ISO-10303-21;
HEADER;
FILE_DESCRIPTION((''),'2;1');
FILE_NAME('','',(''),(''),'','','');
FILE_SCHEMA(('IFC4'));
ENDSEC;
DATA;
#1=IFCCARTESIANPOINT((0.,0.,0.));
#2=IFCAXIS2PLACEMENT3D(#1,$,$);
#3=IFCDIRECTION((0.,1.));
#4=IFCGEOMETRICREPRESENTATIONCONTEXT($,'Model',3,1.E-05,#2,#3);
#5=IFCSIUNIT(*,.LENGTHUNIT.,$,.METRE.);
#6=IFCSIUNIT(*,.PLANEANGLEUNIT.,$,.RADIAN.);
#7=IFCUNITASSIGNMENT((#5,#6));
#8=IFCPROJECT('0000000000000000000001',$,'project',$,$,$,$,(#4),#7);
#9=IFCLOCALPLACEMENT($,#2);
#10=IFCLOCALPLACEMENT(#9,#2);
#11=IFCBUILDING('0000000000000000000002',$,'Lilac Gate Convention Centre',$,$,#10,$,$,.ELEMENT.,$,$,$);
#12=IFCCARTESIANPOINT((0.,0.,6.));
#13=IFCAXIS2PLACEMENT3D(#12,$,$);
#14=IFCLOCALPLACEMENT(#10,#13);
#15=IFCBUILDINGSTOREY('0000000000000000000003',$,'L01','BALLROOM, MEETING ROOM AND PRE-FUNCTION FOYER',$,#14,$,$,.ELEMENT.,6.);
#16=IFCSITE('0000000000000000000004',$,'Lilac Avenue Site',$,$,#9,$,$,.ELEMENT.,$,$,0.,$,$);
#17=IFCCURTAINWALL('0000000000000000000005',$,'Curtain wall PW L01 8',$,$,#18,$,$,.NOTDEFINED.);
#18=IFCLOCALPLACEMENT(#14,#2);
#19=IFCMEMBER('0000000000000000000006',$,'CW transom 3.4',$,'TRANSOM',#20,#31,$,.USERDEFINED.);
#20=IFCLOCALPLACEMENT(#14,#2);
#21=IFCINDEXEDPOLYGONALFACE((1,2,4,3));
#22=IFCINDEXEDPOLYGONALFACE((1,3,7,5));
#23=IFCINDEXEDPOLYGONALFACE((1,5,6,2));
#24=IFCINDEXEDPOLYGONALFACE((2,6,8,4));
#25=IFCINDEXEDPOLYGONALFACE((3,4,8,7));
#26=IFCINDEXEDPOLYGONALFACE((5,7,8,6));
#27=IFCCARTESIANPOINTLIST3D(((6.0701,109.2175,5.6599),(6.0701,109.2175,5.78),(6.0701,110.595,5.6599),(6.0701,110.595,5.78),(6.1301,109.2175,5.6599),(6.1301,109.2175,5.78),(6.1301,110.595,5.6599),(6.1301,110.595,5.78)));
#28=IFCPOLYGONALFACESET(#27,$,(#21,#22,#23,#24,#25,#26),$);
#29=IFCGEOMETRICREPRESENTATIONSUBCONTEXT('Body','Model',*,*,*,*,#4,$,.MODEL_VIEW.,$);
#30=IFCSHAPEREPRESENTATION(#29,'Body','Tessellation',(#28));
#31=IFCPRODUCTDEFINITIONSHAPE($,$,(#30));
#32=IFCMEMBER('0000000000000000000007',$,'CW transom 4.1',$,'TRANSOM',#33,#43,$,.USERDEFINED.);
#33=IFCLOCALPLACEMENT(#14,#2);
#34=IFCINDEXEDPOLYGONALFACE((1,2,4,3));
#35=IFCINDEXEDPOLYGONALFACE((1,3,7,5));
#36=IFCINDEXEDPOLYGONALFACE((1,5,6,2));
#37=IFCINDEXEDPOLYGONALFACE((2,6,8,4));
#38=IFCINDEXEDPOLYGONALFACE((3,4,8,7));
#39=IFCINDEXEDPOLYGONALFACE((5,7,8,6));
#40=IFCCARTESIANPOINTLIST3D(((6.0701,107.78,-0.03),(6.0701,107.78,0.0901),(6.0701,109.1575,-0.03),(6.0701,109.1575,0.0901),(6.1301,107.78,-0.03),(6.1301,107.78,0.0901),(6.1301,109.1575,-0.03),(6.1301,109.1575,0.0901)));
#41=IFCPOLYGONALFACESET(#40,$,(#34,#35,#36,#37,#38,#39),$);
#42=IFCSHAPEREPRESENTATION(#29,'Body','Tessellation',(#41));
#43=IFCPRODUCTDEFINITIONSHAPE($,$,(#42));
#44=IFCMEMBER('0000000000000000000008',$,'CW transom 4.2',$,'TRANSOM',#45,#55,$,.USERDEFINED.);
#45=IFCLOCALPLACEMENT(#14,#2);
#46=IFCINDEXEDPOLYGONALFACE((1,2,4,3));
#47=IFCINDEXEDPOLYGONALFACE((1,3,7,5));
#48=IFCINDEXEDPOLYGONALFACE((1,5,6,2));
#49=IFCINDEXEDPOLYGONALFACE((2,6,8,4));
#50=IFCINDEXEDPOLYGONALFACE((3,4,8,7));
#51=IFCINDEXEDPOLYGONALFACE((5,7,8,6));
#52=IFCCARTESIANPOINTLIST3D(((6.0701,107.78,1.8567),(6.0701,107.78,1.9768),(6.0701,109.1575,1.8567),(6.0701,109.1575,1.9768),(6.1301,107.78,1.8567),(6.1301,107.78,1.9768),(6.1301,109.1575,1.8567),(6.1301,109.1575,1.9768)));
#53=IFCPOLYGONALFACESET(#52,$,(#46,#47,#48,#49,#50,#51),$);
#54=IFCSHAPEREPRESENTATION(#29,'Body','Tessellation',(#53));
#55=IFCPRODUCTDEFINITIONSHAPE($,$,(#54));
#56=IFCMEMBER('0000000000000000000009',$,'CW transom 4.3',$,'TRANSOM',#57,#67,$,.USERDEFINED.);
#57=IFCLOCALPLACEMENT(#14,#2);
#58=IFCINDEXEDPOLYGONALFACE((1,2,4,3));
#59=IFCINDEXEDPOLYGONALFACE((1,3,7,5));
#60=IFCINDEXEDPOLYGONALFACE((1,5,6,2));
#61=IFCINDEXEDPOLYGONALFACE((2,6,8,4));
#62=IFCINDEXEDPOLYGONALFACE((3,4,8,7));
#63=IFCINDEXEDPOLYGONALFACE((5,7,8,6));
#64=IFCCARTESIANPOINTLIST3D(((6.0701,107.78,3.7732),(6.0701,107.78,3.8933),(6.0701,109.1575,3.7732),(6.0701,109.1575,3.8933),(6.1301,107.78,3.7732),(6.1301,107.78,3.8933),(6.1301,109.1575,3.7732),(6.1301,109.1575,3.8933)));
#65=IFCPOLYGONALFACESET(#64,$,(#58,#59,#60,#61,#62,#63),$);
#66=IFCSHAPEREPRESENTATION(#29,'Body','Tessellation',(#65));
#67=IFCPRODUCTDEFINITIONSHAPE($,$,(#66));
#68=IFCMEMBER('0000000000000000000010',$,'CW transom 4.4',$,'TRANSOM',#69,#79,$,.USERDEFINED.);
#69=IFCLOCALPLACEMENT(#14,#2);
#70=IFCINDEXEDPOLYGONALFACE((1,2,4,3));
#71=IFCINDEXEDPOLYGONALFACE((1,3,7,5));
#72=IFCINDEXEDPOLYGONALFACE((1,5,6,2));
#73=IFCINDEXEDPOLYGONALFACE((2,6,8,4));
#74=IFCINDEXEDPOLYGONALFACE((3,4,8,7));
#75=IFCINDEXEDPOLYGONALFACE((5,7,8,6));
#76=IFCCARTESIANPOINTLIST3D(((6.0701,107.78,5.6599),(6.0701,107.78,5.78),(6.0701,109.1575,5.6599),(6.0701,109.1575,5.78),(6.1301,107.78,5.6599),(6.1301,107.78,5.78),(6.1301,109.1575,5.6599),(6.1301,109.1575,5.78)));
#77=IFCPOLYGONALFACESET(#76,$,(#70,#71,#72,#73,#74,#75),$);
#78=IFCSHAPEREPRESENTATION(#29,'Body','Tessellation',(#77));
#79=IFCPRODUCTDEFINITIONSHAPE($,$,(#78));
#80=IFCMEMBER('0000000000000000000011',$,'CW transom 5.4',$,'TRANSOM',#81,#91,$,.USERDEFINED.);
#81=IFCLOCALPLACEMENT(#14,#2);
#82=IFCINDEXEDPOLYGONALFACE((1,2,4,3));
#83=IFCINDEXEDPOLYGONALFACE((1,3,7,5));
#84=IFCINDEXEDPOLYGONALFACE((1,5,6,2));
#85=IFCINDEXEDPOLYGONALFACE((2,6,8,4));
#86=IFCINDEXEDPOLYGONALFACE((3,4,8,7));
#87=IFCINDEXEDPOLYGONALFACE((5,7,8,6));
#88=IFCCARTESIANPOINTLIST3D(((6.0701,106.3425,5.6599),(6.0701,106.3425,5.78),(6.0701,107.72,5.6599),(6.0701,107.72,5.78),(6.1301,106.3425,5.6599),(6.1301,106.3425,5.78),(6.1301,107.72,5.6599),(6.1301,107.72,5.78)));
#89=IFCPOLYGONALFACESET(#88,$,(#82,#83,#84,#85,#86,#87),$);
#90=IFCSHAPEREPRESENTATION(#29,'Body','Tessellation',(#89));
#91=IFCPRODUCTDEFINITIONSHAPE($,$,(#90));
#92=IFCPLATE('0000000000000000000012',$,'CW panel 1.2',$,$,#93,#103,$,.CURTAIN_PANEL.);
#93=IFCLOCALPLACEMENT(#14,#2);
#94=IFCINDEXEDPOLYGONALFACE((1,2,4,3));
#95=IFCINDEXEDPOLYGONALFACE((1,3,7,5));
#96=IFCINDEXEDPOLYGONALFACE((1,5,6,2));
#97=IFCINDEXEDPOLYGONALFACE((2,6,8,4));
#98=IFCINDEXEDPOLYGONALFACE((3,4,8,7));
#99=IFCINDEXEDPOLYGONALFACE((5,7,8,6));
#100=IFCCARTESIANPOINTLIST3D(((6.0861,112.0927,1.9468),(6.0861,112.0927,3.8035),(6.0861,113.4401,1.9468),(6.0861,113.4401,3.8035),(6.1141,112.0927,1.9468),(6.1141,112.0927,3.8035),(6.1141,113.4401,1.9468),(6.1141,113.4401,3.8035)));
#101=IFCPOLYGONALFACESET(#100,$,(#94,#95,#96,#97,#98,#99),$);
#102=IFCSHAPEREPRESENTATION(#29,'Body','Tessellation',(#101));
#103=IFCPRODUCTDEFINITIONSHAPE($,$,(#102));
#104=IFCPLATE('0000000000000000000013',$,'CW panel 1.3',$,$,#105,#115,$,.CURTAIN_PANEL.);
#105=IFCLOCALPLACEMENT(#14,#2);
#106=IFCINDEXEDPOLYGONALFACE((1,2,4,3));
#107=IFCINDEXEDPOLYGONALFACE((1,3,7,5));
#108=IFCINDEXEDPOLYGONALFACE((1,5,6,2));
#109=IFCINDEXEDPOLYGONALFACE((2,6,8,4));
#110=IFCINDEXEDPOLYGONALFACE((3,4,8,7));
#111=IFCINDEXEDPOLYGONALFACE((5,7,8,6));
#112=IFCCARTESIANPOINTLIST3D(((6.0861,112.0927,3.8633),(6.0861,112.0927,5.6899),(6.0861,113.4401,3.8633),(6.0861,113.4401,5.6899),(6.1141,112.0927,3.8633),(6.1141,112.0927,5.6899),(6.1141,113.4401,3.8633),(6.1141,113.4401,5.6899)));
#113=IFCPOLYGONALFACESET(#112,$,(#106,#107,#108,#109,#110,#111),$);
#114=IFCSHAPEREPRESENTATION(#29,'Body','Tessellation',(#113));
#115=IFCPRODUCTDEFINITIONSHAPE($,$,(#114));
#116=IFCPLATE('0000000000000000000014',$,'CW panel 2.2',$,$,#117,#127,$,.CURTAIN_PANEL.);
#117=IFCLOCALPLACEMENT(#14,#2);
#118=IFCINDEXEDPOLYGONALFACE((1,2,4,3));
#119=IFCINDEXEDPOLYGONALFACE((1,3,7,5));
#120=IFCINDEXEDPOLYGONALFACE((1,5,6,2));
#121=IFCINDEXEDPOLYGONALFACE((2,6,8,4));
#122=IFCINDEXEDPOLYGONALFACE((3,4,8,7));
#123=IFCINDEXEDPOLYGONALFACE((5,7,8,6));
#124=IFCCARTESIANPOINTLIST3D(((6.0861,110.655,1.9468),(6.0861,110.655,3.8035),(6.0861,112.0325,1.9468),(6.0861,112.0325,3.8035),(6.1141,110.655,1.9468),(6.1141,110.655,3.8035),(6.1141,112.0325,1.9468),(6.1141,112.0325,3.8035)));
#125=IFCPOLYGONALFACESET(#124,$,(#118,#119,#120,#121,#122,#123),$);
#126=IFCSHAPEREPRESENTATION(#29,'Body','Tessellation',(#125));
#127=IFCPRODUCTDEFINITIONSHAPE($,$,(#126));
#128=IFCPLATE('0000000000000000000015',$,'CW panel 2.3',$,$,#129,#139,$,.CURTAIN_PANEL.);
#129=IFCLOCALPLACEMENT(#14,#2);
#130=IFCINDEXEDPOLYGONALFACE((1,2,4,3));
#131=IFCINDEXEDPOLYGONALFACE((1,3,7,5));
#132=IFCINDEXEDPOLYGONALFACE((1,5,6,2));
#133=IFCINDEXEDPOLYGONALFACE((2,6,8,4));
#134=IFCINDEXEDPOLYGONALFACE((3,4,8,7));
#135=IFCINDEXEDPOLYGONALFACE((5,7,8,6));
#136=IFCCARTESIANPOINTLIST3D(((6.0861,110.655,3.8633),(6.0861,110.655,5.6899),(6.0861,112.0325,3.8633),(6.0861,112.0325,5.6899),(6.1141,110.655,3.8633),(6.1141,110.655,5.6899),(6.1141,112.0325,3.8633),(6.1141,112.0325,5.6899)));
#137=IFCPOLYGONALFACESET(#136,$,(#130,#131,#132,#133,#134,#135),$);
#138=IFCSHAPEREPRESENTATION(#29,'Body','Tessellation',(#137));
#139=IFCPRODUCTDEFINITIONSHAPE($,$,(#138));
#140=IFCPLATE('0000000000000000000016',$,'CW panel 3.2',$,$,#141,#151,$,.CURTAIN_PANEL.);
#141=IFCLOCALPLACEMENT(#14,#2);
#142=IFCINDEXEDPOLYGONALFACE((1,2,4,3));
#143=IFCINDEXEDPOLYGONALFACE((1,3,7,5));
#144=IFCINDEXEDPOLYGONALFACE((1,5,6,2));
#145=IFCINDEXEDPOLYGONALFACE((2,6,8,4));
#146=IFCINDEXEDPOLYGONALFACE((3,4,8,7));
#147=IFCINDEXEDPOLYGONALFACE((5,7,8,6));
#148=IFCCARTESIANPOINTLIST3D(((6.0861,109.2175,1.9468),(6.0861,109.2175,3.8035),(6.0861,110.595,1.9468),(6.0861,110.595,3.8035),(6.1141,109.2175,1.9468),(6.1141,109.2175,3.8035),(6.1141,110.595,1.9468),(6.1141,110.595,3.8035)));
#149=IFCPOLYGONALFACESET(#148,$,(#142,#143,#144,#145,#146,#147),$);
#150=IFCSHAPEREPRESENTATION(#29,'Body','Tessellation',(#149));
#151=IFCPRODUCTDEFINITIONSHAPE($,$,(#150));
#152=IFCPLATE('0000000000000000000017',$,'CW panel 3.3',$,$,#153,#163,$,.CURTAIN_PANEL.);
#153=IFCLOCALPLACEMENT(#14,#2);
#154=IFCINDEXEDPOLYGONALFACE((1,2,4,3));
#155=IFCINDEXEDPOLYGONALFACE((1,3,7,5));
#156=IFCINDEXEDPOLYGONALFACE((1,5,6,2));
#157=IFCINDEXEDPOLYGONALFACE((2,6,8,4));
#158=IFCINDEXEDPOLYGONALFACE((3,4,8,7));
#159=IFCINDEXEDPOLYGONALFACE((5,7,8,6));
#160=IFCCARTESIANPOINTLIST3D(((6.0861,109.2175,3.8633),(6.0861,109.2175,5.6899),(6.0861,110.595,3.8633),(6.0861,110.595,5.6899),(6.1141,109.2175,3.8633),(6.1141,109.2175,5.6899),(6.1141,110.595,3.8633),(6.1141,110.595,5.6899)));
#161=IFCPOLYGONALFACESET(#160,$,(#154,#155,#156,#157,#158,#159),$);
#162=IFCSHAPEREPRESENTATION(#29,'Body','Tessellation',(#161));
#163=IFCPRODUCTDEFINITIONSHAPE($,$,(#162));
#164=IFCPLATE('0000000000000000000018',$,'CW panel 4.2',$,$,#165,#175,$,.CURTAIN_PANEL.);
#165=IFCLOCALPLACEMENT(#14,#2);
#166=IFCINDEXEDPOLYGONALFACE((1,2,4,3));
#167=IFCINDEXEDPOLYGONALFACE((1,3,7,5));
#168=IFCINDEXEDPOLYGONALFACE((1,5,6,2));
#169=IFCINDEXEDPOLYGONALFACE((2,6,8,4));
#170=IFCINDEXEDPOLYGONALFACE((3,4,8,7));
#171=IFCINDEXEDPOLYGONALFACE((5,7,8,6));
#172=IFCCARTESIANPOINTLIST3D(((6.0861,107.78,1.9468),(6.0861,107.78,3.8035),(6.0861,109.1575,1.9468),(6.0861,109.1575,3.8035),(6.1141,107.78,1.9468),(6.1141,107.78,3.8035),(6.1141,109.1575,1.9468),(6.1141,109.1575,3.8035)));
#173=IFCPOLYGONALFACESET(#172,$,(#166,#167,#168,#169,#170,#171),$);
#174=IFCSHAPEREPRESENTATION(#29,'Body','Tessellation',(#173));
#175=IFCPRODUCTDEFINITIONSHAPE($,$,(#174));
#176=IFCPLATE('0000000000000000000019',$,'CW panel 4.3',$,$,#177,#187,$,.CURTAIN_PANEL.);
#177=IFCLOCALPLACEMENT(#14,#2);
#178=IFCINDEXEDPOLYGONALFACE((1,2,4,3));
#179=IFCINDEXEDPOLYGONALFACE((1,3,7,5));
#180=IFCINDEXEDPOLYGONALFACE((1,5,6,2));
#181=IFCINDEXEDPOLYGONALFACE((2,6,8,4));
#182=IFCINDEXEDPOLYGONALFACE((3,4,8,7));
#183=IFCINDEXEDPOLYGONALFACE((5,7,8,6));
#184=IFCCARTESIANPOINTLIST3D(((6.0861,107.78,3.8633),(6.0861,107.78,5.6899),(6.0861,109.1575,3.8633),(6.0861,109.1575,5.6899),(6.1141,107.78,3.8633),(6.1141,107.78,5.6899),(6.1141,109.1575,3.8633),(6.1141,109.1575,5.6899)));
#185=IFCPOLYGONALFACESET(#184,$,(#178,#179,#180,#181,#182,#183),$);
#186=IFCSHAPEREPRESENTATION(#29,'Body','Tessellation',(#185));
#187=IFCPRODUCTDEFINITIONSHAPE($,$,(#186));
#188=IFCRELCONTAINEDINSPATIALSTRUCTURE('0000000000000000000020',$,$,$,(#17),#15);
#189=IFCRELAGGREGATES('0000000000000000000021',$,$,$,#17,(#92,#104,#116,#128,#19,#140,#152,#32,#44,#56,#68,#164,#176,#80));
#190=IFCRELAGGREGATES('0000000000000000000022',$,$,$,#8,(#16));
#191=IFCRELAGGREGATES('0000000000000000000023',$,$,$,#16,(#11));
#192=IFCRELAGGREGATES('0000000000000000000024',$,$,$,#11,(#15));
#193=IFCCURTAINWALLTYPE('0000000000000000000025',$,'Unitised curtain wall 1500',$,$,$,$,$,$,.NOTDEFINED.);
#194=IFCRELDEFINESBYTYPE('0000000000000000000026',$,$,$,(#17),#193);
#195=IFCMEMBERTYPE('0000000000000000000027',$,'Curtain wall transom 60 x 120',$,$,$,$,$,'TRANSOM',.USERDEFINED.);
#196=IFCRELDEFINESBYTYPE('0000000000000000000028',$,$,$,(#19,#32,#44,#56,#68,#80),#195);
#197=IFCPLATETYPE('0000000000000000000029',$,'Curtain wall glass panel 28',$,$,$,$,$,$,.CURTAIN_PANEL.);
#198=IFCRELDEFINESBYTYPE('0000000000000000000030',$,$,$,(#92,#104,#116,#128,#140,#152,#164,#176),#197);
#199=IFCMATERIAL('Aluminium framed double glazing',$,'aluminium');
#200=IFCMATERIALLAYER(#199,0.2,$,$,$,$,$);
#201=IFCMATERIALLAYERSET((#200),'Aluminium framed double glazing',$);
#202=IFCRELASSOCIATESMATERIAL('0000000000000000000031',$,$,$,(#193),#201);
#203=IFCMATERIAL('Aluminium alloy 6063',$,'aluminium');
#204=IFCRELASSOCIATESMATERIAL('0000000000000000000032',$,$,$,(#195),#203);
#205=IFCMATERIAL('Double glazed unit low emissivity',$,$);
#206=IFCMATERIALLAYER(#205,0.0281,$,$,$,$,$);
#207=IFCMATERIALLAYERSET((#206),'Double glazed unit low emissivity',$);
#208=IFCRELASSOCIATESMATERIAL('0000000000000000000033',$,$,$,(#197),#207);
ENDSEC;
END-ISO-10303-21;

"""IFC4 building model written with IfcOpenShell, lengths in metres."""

from ifc_helpers import new_model, si_unit, direction, frame, origin, origin_2d, place, context, subcontext, project, spatial, rectangle, extrude, material, layer, layer_set, material_profile, profile_set, type_object, element, aggregate, save


model = new_model("IFC4")

# Units and contexts
model_context = context("Model", 3, precision=1e-05, world=origin(), true_north=direction((0.0, 1.0)))
body_context = subcontext(model_context, "Body", "Model", "MODEL_VIEW")
ifc_project = project(units=[si_unit("LENGTHUNIT", "METRE"), si_unit("PLANEANGLEUNIT", "RADIAN")], contexts=[model_context])

# Site, building, storey
site_placement = place(None, origin())
site = spatial("IfcSite", under=ifc_project, at=site_placement, Name="Lilac Avenue Site", CompositionType="ELEMENT", RefElevation=0.0)
building_placement = place(site_placement, origin())
building = spatial("IfcBuilding", under=site, at=building_placement, Name="Lilac Gate Convention Centre", CompositionType="ELEMENT")
storey_placement = place(building_placement, frame((0.0, 0.0, 6.0)))
storey = spatial("IfcBuildingStorey", under=building, at=storey_placement, Name="L01", Description="BALLROOM, MEETING ROOM AND PRE-FUNCTION FOYER", CompositionType="ELEMENT", Elevation=6.0)

# Curtain wall, members, plates
ifc_material_1 = material(Name="Aluminium framed double glazing", Category="aluminium")
ifc_layer_1 = layer(ifc_material_1, 0.2)
ifc_layer_set_1 = layer_set([ifc_layer_1], Name="Aluminium framed double glazing")
curtain_wall_type = type_object("IfcCurtainWallType", Name="Unitised curtain wall 1500", PredefinedType="NOTDEFINED", material=ifc_layer_set_1)
curtain_wall_placement = place(storey_placement, origin())
curtain_wall = element("IfcCurtainWall", 1, at=curtain_wall_placement, inside=storey, type_object=curtain_wall_type, Name="Curtain wall PW L01 8", PredefinedType="NOTDEFINED")
ifc_material_2 = material(Name="Aluminium alloy 6063", Category="aluminium")
ifc_material_profile_1 = material_profile(ifc_material_2, rectangle(XDim=0.0601, YDim=0.1201, at=origin_2d()), Name="Curtain wall transom 60 x 120")
ifc_profile_set_1 = profile_set([ifc_material_profile_1], Name="Aluminium alloy 6063")
member_type_1 = type_object("IfcMemberType", Name="Curtain wall transom 60 x 120", ElementType="TRANSOM", PredefinedType="USERDEFINED", material=ifc_profile_set_1)
member_1_placement = place(storey_placement, frame((6.1001, 110.595, 5.72), z_axis=(0.0, -1.0, 0.0), x_axis=(1.0, 0.0, 0.0)))
member_1 = element("IfcMember", 2, at=member_1_placement, type_object=member_type_1, Name="CW transom 3.4", ObjectType="TRANSOM", PredefinedType="USERDEFINED", context=body_context, shape_type="SweptSolid", body=[
    extrude(rectangle(XDim=0.0601, YDim=0.1201, at=origin_2d()), origin(), (0.0, 0.0, 1.0), 1.3774),
])
member_2_placement = place(storey_placement, frame((6.1001, 109.1575, 0.03), z_axis=(0.0, -1.0, 0.0), x_axis=(1.0, 0.0, 0.0)))
member_2 = element("IfcMember", 3, at=member_2_placement, type_object=member_type_1, Name="CW transom 4.1", ObjectType="TRANSOM", PredefinedType="USERDEFINED", context=body_context, shape_type="SweptSolid", body=[
    extrude(rectangle(XDim=0.0601, YDim=0.1201, at=origin_2d()), origin(), (0.0, 0.0, 1.0), 1.3774),
])
member_3_placement = place(storey_placement, frame((6.1001, 109.1575, 1.9167), z_axis=(0.0, -1.0, 0.0), x_axis=(1.0, 0.0, 0.0)))
member_3 = element("IfcMember", 4, at=member_3_placement, type_object=member_type_1, Name="CW transom 4.2", ObjectType="TRANSOM", PredefinedType="USERDEFINED", context=body_context, shape_type="SweptSolid", body=[
    extrude(rectangle(XDim=0.0601, YDim=0.1201, at=origin_2d()), origin(), (0.0, 0.0, 1.0), 1.3774),
])
member_4_placement = place(storey_placement, frame((6.1001, 109.1575, 3.8333), z_axis=(0.0, -1.0, 0.0), x_axis=(1.0, 0.0, 0.0)))
member_4 = element("IfcMember", 5, at=member_4_placement, type_object=member_type_1, Name="CW transom 4.3", ObjectType="TRANSOM", PredefinedType="USERDEFINED", context=body_context, shape_type="SweptSolid", body=[
    extrude(rectangle(XDim=0.0601, YDim=0.1201, at=origin_2d()), origin(), (0.0, 0.0, 1.0), 1.3774),
])
member_5_placement = place(storey_placement, frame((6.1001, 109.1575, 5.72), z_axis=(0.0, -1.0, 0.0), x_axis=(1.0, 0.0, 0.0)))
member_5 = element("IfcMember", 6, at=member_5_placement, type_object=member_type_1, Name="CW transom 4.4", ObjectType="TRANSOM", PredefinedType="USERDEFINED", context=body_context, shape_type="SweptSolid", body=[
    extrude(rectangle(XDim=0.0601, YDim=0.1201, at=origin_2d()), origin(), (0.0, 0.0, 1.0), 1.3774),
])
member_6_placement = place(storey_placement, frame((6.1001, 107.72, 5.72), z_axis=(0.0, -1.0, 0.0), x_axis=(1.0, 0.0, 0.0)))
member_6 = element("IfcMember", 7, at=member_6_placement, type_object=member_type_1, Name="CW transom 5.4", ObjectType="TRANSOM", PredefinedType="USERDEFINED", context=body_context, shape_type="SweptSolid", body=[
    extrude(rectangle(XDim=0.0601, YDim=0.1201, at=origin_2d()), origin(), (0.0, 0.0, 1.0), 1.3774),
])
ifc_material_3 = material(Name="Double glazed unit low emissivity")
ifc_layer_2 = layer(ifc_material_3, 0.0281)
ifc_layer_set_2 = layer_set([ifc_layer_2], Name="Double glazed unit low emissivity")
plate_type_1 = type_object("IfcPlateType", Name="Curtain wall glass panel 28", PredefinedType="CURTAIN_PANEL", material=ifc_layer_set_2)
plate_1_placement = place(storey_placement, frame((6.1001, 112.7664, 1.9468), z_axis=(0.0, 0.0, 1.0), x_axis=(0.0, -1.0, 0.0)))
plate_1 = element("IfcPlate", 8, at=plate_1_placement, type_object=plate_type_1, Name="CW panel 1.2", PredefinedType="CURTAIN_PANEL", context=body_context, shape_type="SweptSolid", body=[
    extrude(rectangle(XDim=1.3474, YDim=0.0281, at=origin_2d()), origin(), (0.0, 0.0, 1.0), 1.8567),
])
plate_2_placement = place(storey_placement, frame((6.1001, 112.7664, 3.8633), z_axis=(0.0, 0.0, 1.0), x_axis=(0.0, -1.0, 0.0)))
plate_2 = element("IfcPlate", 9, at=plate_2_placement, type_object=plate_type_1, Name="CW panel 1.3", PredefinedType="CURTAIN_PANEL", context=body_context, shape_type="SweptSolid", body=[
    extrude(rectangle(XDim=1.3474, YDim=0.0281, at=origin_2d()), origin(), (0.0, 0.0, 1.0), 1.8267),
])
plate_3_placement = place(storey_placement, frame((6.1001, 111.3438, 1.9468), z_axis=(0.0, 0.0, 1.0), x_axis=(0.0, -1.0, 0.0)))
plate_3 = element("IfcPlate", 10, at=plate_3_placement, type_object=plate_type_1, Name="CW panel 2.2", PredefinedType="CURTAIN_PANEL", context=body_context, shape_type="SweptSolid", body=[
    extrude(rectangle(XDim=1.3774, YDim=0.0281, at=origin_2d()), origin(), (0.0, 0.0, 1.0), 1.8567),
])
plate_4_placement = place(storey_placement, frame((6.1001, 111.3438, 3.8633), z_axis=(0.0, 0.0, 1.0), x_axis=(0.0, -1.0, 0.0)))
plate_4 = element("IfcPlate", 11, at=plate_4_placement, type_object=plate_type_1, Name="CW panel 2.3", PredefinedType="CURTAIN_PANEL", context=body_context, shape_type="SweptSolid", body=[
    extrude(rectangle(XDim=1.3774, YDim=0.0281, at=origin_2d()), origin(), (0.0, 0.0, 1.0), 1.8267),
])
plate_5_placement = place(storey_placement, frame((6.1001, 109.9062, 1.9468), z_axis=(0.0, 0.0, 1.0), x_axis=(0.0, -1.0, 0.0)))
plate_5 = element("IfcPlate", 12, at=plate_5_placement, type_object=plate_type_1, Name="CW panel 3.2", PredefinedType="CURTAIN_PANEL", context=body_context, shape_type="SweptSolid", body=[
    extrude(rectangle(XDim=1.3774, YDim=0.0281, at=origin_2d()), origin(), (0.0, 0.0, 1.0), 1.8567),
])
plate_6_placement = place(storey_placement, frame((6.1001, 109.9062, 3.8633), z_axis=(0.0, 0.0, 1.0), x_axis=(0.0, -1.0, 0.0)))
plate_6 = element("IfcPlate", 13, at=plate_6_placement, type_object=plate_type_1, Name="CW panel 3.3", PredefinedType="CURTAIN_PANEL", context=body_context, shape_type="SweptSolid", body=[
    extrude(rectangle(XDim=1.3774, YDim=0.0281, at=origin_2d()), origin(), (0.0, 0.0, 1.0), 1.8267),
])
plate_7_placement = place(storey_placement, frame((6.1001, 108.4688, 1.9468), z_axis=(0.0, 0.0, 1.0), x_axis=(0.0, -1.0, 0.0)))
plate_7 = element("IfcPlate", 14, at=plate_7_placement, type_object=plate_type_1, Name="CW panel 4.2", PredefinedType="CURTAIN_PANEL", context=body_context, shape_type="SweptSolid", body=[
    extrude(rectangle(XDim=1.3774, YDim=0.0281, at=origin_2d()), origin(), (0.0, 0.0, 1.0), 1.8567),
])
plate_8_placement = place(storey_placement, frame((6.1001, 108.4688, 3.8633), z_axis=(0.0, 0.0, 1.0), x_axis=(0.0, -1.0, 0.0)))
plate_8 = element("IfcPlate", 15, at=plate_8_placement, type_object=plate_type_1, Name="CW panel 4.3", PredefinedType="CURTAIN_PANEL", context=body_context, shape_type="SweptSolid", body=[
    extrude(rectangle(XDim=1.3774, YDim=0.0281, at=origin_2d()), origin(), (0.0, 0.0, 1.0), 1.8267),
])
aggregate(curtain_wall, [plate_1, plate_2, plate_3, plate_4, member_1, plate_5, plate_6, member_2, member_3, member_4, member_5, plate_7, plate_8, member_6])

save(model, "model.ifc")
